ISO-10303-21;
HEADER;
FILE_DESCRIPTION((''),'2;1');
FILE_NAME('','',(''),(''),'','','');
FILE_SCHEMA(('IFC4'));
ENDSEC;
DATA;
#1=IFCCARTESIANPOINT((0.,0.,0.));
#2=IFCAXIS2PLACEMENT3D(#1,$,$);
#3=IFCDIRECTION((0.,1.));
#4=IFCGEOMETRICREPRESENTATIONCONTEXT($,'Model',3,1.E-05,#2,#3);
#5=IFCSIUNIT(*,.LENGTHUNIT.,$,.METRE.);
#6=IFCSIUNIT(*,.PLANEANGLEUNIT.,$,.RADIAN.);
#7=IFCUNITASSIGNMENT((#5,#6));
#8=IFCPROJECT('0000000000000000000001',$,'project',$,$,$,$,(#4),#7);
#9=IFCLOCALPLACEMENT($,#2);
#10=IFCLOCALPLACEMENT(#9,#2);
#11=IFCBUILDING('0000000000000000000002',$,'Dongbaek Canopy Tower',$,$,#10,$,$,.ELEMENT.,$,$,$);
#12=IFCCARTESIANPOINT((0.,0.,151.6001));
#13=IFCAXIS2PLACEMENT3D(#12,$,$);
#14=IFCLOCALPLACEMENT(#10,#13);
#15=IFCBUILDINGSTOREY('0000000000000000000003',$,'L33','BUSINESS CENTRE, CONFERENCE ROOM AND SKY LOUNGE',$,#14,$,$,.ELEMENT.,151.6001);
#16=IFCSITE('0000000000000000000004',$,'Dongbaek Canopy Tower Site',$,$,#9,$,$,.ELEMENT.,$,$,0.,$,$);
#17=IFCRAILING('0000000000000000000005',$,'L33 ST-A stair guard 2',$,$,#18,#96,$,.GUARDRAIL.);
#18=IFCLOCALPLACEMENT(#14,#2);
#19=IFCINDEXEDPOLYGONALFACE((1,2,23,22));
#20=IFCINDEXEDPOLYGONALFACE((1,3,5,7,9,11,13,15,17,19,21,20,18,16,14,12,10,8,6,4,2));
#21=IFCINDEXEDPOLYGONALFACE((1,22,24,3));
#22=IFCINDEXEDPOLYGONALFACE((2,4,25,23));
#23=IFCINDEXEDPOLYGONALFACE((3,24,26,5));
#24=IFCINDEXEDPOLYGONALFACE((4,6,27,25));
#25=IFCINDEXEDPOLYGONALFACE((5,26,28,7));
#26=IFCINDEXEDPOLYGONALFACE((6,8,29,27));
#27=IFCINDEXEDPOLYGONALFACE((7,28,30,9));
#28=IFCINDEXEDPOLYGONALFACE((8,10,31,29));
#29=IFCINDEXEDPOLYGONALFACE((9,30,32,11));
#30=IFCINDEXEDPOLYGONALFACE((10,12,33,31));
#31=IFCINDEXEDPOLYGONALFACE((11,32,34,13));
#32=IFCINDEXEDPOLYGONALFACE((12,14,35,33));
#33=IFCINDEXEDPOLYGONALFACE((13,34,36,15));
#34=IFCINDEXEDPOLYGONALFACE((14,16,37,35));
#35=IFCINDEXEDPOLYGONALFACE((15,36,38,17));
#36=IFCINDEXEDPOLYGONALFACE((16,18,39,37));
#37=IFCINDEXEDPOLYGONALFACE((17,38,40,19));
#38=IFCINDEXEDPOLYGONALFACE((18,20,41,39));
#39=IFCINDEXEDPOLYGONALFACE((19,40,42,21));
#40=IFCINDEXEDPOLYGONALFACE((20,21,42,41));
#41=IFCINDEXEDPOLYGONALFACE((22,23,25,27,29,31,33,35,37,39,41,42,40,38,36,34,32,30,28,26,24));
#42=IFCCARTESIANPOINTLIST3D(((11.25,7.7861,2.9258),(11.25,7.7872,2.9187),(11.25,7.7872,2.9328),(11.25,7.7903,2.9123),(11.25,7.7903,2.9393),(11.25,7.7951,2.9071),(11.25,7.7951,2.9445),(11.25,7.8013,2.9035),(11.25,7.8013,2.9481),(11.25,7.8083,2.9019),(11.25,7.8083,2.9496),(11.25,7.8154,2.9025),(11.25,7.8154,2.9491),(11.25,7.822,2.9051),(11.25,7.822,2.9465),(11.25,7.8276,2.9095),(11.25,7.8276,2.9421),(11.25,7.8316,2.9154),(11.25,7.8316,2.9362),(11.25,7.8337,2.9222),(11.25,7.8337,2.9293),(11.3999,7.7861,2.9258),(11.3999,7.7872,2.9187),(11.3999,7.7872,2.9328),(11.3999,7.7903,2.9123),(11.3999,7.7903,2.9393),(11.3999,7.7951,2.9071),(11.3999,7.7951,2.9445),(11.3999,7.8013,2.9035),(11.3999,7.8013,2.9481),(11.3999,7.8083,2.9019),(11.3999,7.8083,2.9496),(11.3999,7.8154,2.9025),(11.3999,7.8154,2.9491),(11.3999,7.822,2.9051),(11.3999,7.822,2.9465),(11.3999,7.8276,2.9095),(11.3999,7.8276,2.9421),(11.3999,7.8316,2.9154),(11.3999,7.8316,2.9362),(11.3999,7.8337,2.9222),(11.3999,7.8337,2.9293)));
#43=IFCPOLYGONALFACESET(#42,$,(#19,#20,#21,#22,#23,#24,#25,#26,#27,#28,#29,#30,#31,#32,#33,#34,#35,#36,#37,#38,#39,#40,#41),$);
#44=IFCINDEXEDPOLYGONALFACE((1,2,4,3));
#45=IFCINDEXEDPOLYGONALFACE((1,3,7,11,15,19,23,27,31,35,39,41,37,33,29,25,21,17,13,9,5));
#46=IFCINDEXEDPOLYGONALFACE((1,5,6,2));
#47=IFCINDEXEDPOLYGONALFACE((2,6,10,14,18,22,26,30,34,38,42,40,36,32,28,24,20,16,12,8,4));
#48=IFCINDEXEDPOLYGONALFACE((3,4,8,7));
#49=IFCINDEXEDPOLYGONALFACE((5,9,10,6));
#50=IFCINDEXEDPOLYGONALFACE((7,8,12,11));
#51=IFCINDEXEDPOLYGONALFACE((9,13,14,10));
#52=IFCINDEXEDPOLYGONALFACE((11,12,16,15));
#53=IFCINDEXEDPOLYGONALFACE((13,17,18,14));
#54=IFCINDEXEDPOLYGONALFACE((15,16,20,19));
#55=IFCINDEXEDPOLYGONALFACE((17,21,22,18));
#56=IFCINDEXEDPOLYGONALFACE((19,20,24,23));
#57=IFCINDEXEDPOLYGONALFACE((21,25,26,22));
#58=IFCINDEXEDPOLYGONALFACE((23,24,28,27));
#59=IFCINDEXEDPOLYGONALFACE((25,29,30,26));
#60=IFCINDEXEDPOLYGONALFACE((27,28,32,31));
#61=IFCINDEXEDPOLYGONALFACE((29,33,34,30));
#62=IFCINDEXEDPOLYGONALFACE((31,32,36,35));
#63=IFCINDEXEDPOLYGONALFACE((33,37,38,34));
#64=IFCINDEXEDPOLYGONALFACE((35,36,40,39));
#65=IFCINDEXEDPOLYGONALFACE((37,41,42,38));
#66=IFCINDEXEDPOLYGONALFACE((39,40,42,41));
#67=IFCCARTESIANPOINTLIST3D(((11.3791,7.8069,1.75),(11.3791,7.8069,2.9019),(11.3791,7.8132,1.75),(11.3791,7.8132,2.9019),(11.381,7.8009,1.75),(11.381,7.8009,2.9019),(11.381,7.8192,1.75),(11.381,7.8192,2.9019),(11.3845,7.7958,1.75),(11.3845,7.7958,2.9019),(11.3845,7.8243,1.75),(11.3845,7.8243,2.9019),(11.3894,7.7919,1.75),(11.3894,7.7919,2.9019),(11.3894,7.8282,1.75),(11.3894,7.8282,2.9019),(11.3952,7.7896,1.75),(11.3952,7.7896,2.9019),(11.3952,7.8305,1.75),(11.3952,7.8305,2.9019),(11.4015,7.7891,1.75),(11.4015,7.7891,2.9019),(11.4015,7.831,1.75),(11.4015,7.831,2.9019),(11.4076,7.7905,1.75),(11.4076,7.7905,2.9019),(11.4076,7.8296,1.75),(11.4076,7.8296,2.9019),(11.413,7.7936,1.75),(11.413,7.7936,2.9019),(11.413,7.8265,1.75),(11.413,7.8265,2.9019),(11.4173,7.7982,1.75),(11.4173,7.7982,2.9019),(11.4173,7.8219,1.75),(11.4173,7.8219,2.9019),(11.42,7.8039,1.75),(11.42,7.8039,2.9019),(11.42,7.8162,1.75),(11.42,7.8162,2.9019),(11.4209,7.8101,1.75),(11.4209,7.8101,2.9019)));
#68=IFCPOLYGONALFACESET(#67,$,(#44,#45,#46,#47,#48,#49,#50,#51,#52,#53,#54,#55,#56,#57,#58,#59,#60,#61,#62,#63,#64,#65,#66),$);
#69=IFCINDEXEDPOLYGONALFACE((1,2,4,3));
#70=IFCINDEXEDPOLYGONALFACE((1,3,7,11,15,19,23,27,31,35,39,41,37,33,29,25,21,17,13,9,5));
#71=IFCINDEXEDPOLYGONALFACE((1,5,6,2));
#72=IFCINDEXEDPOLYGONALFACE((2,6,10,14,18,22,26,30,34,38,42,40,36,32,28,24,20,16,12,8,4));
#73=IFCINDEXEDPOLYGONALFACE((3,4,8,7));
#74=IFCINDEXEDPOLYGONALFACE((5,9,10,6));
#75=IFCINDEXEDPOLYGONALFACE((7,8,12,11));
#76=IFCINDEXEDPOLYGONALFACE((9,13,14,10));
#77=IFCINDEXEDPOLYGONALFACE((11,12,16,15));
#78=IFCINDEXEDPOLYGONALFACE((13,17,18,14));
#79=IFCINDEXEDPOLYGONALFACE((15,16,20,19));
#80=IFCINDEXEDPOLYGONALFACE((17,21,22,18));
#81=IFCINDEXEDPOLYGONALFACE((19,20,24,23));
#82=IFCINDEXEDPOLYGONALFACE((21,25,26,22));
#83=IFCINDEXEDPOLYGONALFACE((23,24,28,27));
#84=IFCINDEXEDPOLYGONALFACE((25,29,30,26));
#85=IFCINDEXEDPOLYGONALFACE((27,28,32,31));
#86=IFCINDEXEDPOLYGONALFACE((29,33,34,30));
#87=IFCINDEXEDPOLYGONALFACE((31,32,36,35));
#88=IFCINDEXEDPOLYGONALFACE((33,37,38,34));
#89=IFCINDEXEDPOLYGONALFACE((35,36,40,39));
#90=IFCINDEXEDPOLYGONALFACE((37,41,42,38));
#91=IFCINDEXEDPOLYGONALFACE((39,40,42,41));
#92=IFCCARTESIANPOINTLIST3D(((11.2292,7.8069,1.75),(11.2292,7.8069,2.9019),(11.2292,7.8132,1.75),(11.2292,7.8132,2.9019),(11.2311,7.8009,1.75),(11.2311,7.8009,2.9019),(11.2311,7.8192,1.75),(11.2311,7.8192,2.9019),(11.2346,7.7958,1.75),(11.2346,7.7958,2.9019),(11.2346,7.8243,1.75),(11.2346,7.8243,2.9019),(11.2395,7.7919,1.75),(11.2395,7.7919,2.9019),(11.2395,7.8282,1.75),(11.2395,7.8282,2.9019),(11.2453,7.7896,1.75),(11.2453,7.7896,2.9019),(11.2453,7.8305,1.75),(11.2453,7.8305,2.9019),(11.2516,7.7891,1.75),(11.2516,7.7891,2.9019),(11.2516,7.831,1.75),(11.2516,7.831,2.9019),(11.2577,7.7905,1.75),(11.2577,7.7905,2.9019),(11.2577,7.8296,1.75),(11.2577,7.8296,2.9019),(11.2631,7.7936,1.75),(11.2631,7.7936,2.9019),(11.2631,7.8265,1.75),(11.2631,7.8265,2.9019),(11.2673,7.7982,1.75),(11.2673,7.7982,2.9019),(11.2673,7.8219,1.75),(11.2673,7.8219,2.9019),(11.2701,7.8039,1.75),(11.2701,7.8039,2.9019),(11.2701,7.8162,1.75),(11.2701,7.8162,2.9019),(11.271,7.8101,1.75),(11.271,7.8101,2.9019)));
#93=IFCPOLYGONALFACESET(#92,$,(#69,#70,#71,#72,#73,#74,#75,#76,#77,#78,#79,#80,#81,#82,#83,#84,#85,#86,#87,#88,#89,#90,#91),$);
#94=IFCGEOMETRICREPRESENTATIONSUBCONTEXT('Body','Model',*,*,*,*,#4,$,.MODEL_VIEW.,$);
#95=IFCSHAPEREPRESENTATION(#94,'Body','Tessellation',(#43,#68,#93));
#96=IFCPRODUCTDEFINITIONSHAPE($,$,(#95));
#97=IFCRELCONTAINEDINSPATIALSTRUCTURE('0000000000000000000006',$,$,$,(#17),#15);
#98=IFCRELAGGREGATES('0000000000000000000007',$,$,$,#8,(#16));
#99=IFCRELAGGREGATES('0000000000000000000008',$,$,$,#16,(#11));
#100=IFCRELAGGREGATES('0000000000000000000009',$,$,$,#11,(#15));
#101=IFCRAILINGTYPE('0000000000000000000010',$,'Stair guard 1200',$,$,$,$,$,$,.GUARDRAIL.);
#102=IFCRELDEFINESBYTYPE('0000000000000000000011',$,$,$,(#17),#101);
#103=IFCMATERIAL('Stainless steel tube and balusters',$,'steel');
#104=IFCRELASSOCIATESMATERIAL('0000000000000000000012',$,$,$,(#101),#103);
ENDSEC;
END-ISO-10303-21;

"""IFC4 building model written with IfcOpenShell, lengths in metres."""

from ifc_helpers import new_model, si_unit, direction, frame, origin, origin_2d, place, context, subcontext, project, spatial, circle, extrude, material, type_object, element, save


model = new_model("IFC4")

# Units and contexts
model_context = context("Model", 3, precision=1e-05, world=origin(), true_north=direction((0.0, 1.0)))
body_context = subcontext(model_context, "Body", "Model", "MODEL_VIEW")
ifc_project = project(units=[si_unit("LENGTHUNIT", "METRE"), si_unit("PLANEANGLEUNIT", "RADIAN")], contexts=[model_context])

# Site, building, storey
site_placement = place(None, origin())
site = spatial("IfcSite", under=ifc_project, at=site_placement, Name="Dongbaek Canopy Tower Site", CompositionType="ELEMENT", RefElevation=0.0)
building_placement = place(site_placement, origin())
building = spatial("IfcBuilding", under=site, at=building_placement, Name="Dongbaek Canopy Tower", CompositionType="ELEMENT")
storey_placement = place(building_placement, frame((0.0, 0.0, 151.6001)))
storey = spatial("IfcBuildingStorey", under=building, at=storey_placement, Name="L33", Description="BUSINESS CENTRE, CONFERENCE ROOM AND SKY LOUNGE", CompositionType="ELEMENT", Elevation=151.6001)

# Railing
ifc_material_1 = material(Name="Stainless steel tube and balusters", Category="steel")
railing_type_1 = type_object("IfcRailingType", Name="Stair guard 1200", PredefinedType="GUARDRAIL", material=ifc_material_1)
railing_1_placement = place(storey_placement, frame((11.3999, 7.8101, 1.75)))
element("IfcRailing", 1, at=railing_1_placement, inside=storey, type_object=railing_type_1, Name="L33 ST-A stair guard 2", PredefinedType="GUARDRAIL", context=body_context, shape_type="SweptSolid", body=[
    extrude(circle(Radius=0.0239, at=origin_2d()), frame((0.0, 0.0, 1.1758), z_axis=(-1.0, 0.0, 0.0), x_axis=(0.0, -1.0, 0.0)), (0.0, 0.0, 1.0), 0.1499),
    extrude(circle(Radius=0.021, at=origin_2d()), origin(), (0.0, 0.0, 1.0), 1.1519),
    extrude(circle(Radius=0.021, at=origin_2d()), frame((-0.1499, 0.0, 0.0)), (0.0, 0.0, 1.0), 1.1519),
])

save(model, "model.ifc")
